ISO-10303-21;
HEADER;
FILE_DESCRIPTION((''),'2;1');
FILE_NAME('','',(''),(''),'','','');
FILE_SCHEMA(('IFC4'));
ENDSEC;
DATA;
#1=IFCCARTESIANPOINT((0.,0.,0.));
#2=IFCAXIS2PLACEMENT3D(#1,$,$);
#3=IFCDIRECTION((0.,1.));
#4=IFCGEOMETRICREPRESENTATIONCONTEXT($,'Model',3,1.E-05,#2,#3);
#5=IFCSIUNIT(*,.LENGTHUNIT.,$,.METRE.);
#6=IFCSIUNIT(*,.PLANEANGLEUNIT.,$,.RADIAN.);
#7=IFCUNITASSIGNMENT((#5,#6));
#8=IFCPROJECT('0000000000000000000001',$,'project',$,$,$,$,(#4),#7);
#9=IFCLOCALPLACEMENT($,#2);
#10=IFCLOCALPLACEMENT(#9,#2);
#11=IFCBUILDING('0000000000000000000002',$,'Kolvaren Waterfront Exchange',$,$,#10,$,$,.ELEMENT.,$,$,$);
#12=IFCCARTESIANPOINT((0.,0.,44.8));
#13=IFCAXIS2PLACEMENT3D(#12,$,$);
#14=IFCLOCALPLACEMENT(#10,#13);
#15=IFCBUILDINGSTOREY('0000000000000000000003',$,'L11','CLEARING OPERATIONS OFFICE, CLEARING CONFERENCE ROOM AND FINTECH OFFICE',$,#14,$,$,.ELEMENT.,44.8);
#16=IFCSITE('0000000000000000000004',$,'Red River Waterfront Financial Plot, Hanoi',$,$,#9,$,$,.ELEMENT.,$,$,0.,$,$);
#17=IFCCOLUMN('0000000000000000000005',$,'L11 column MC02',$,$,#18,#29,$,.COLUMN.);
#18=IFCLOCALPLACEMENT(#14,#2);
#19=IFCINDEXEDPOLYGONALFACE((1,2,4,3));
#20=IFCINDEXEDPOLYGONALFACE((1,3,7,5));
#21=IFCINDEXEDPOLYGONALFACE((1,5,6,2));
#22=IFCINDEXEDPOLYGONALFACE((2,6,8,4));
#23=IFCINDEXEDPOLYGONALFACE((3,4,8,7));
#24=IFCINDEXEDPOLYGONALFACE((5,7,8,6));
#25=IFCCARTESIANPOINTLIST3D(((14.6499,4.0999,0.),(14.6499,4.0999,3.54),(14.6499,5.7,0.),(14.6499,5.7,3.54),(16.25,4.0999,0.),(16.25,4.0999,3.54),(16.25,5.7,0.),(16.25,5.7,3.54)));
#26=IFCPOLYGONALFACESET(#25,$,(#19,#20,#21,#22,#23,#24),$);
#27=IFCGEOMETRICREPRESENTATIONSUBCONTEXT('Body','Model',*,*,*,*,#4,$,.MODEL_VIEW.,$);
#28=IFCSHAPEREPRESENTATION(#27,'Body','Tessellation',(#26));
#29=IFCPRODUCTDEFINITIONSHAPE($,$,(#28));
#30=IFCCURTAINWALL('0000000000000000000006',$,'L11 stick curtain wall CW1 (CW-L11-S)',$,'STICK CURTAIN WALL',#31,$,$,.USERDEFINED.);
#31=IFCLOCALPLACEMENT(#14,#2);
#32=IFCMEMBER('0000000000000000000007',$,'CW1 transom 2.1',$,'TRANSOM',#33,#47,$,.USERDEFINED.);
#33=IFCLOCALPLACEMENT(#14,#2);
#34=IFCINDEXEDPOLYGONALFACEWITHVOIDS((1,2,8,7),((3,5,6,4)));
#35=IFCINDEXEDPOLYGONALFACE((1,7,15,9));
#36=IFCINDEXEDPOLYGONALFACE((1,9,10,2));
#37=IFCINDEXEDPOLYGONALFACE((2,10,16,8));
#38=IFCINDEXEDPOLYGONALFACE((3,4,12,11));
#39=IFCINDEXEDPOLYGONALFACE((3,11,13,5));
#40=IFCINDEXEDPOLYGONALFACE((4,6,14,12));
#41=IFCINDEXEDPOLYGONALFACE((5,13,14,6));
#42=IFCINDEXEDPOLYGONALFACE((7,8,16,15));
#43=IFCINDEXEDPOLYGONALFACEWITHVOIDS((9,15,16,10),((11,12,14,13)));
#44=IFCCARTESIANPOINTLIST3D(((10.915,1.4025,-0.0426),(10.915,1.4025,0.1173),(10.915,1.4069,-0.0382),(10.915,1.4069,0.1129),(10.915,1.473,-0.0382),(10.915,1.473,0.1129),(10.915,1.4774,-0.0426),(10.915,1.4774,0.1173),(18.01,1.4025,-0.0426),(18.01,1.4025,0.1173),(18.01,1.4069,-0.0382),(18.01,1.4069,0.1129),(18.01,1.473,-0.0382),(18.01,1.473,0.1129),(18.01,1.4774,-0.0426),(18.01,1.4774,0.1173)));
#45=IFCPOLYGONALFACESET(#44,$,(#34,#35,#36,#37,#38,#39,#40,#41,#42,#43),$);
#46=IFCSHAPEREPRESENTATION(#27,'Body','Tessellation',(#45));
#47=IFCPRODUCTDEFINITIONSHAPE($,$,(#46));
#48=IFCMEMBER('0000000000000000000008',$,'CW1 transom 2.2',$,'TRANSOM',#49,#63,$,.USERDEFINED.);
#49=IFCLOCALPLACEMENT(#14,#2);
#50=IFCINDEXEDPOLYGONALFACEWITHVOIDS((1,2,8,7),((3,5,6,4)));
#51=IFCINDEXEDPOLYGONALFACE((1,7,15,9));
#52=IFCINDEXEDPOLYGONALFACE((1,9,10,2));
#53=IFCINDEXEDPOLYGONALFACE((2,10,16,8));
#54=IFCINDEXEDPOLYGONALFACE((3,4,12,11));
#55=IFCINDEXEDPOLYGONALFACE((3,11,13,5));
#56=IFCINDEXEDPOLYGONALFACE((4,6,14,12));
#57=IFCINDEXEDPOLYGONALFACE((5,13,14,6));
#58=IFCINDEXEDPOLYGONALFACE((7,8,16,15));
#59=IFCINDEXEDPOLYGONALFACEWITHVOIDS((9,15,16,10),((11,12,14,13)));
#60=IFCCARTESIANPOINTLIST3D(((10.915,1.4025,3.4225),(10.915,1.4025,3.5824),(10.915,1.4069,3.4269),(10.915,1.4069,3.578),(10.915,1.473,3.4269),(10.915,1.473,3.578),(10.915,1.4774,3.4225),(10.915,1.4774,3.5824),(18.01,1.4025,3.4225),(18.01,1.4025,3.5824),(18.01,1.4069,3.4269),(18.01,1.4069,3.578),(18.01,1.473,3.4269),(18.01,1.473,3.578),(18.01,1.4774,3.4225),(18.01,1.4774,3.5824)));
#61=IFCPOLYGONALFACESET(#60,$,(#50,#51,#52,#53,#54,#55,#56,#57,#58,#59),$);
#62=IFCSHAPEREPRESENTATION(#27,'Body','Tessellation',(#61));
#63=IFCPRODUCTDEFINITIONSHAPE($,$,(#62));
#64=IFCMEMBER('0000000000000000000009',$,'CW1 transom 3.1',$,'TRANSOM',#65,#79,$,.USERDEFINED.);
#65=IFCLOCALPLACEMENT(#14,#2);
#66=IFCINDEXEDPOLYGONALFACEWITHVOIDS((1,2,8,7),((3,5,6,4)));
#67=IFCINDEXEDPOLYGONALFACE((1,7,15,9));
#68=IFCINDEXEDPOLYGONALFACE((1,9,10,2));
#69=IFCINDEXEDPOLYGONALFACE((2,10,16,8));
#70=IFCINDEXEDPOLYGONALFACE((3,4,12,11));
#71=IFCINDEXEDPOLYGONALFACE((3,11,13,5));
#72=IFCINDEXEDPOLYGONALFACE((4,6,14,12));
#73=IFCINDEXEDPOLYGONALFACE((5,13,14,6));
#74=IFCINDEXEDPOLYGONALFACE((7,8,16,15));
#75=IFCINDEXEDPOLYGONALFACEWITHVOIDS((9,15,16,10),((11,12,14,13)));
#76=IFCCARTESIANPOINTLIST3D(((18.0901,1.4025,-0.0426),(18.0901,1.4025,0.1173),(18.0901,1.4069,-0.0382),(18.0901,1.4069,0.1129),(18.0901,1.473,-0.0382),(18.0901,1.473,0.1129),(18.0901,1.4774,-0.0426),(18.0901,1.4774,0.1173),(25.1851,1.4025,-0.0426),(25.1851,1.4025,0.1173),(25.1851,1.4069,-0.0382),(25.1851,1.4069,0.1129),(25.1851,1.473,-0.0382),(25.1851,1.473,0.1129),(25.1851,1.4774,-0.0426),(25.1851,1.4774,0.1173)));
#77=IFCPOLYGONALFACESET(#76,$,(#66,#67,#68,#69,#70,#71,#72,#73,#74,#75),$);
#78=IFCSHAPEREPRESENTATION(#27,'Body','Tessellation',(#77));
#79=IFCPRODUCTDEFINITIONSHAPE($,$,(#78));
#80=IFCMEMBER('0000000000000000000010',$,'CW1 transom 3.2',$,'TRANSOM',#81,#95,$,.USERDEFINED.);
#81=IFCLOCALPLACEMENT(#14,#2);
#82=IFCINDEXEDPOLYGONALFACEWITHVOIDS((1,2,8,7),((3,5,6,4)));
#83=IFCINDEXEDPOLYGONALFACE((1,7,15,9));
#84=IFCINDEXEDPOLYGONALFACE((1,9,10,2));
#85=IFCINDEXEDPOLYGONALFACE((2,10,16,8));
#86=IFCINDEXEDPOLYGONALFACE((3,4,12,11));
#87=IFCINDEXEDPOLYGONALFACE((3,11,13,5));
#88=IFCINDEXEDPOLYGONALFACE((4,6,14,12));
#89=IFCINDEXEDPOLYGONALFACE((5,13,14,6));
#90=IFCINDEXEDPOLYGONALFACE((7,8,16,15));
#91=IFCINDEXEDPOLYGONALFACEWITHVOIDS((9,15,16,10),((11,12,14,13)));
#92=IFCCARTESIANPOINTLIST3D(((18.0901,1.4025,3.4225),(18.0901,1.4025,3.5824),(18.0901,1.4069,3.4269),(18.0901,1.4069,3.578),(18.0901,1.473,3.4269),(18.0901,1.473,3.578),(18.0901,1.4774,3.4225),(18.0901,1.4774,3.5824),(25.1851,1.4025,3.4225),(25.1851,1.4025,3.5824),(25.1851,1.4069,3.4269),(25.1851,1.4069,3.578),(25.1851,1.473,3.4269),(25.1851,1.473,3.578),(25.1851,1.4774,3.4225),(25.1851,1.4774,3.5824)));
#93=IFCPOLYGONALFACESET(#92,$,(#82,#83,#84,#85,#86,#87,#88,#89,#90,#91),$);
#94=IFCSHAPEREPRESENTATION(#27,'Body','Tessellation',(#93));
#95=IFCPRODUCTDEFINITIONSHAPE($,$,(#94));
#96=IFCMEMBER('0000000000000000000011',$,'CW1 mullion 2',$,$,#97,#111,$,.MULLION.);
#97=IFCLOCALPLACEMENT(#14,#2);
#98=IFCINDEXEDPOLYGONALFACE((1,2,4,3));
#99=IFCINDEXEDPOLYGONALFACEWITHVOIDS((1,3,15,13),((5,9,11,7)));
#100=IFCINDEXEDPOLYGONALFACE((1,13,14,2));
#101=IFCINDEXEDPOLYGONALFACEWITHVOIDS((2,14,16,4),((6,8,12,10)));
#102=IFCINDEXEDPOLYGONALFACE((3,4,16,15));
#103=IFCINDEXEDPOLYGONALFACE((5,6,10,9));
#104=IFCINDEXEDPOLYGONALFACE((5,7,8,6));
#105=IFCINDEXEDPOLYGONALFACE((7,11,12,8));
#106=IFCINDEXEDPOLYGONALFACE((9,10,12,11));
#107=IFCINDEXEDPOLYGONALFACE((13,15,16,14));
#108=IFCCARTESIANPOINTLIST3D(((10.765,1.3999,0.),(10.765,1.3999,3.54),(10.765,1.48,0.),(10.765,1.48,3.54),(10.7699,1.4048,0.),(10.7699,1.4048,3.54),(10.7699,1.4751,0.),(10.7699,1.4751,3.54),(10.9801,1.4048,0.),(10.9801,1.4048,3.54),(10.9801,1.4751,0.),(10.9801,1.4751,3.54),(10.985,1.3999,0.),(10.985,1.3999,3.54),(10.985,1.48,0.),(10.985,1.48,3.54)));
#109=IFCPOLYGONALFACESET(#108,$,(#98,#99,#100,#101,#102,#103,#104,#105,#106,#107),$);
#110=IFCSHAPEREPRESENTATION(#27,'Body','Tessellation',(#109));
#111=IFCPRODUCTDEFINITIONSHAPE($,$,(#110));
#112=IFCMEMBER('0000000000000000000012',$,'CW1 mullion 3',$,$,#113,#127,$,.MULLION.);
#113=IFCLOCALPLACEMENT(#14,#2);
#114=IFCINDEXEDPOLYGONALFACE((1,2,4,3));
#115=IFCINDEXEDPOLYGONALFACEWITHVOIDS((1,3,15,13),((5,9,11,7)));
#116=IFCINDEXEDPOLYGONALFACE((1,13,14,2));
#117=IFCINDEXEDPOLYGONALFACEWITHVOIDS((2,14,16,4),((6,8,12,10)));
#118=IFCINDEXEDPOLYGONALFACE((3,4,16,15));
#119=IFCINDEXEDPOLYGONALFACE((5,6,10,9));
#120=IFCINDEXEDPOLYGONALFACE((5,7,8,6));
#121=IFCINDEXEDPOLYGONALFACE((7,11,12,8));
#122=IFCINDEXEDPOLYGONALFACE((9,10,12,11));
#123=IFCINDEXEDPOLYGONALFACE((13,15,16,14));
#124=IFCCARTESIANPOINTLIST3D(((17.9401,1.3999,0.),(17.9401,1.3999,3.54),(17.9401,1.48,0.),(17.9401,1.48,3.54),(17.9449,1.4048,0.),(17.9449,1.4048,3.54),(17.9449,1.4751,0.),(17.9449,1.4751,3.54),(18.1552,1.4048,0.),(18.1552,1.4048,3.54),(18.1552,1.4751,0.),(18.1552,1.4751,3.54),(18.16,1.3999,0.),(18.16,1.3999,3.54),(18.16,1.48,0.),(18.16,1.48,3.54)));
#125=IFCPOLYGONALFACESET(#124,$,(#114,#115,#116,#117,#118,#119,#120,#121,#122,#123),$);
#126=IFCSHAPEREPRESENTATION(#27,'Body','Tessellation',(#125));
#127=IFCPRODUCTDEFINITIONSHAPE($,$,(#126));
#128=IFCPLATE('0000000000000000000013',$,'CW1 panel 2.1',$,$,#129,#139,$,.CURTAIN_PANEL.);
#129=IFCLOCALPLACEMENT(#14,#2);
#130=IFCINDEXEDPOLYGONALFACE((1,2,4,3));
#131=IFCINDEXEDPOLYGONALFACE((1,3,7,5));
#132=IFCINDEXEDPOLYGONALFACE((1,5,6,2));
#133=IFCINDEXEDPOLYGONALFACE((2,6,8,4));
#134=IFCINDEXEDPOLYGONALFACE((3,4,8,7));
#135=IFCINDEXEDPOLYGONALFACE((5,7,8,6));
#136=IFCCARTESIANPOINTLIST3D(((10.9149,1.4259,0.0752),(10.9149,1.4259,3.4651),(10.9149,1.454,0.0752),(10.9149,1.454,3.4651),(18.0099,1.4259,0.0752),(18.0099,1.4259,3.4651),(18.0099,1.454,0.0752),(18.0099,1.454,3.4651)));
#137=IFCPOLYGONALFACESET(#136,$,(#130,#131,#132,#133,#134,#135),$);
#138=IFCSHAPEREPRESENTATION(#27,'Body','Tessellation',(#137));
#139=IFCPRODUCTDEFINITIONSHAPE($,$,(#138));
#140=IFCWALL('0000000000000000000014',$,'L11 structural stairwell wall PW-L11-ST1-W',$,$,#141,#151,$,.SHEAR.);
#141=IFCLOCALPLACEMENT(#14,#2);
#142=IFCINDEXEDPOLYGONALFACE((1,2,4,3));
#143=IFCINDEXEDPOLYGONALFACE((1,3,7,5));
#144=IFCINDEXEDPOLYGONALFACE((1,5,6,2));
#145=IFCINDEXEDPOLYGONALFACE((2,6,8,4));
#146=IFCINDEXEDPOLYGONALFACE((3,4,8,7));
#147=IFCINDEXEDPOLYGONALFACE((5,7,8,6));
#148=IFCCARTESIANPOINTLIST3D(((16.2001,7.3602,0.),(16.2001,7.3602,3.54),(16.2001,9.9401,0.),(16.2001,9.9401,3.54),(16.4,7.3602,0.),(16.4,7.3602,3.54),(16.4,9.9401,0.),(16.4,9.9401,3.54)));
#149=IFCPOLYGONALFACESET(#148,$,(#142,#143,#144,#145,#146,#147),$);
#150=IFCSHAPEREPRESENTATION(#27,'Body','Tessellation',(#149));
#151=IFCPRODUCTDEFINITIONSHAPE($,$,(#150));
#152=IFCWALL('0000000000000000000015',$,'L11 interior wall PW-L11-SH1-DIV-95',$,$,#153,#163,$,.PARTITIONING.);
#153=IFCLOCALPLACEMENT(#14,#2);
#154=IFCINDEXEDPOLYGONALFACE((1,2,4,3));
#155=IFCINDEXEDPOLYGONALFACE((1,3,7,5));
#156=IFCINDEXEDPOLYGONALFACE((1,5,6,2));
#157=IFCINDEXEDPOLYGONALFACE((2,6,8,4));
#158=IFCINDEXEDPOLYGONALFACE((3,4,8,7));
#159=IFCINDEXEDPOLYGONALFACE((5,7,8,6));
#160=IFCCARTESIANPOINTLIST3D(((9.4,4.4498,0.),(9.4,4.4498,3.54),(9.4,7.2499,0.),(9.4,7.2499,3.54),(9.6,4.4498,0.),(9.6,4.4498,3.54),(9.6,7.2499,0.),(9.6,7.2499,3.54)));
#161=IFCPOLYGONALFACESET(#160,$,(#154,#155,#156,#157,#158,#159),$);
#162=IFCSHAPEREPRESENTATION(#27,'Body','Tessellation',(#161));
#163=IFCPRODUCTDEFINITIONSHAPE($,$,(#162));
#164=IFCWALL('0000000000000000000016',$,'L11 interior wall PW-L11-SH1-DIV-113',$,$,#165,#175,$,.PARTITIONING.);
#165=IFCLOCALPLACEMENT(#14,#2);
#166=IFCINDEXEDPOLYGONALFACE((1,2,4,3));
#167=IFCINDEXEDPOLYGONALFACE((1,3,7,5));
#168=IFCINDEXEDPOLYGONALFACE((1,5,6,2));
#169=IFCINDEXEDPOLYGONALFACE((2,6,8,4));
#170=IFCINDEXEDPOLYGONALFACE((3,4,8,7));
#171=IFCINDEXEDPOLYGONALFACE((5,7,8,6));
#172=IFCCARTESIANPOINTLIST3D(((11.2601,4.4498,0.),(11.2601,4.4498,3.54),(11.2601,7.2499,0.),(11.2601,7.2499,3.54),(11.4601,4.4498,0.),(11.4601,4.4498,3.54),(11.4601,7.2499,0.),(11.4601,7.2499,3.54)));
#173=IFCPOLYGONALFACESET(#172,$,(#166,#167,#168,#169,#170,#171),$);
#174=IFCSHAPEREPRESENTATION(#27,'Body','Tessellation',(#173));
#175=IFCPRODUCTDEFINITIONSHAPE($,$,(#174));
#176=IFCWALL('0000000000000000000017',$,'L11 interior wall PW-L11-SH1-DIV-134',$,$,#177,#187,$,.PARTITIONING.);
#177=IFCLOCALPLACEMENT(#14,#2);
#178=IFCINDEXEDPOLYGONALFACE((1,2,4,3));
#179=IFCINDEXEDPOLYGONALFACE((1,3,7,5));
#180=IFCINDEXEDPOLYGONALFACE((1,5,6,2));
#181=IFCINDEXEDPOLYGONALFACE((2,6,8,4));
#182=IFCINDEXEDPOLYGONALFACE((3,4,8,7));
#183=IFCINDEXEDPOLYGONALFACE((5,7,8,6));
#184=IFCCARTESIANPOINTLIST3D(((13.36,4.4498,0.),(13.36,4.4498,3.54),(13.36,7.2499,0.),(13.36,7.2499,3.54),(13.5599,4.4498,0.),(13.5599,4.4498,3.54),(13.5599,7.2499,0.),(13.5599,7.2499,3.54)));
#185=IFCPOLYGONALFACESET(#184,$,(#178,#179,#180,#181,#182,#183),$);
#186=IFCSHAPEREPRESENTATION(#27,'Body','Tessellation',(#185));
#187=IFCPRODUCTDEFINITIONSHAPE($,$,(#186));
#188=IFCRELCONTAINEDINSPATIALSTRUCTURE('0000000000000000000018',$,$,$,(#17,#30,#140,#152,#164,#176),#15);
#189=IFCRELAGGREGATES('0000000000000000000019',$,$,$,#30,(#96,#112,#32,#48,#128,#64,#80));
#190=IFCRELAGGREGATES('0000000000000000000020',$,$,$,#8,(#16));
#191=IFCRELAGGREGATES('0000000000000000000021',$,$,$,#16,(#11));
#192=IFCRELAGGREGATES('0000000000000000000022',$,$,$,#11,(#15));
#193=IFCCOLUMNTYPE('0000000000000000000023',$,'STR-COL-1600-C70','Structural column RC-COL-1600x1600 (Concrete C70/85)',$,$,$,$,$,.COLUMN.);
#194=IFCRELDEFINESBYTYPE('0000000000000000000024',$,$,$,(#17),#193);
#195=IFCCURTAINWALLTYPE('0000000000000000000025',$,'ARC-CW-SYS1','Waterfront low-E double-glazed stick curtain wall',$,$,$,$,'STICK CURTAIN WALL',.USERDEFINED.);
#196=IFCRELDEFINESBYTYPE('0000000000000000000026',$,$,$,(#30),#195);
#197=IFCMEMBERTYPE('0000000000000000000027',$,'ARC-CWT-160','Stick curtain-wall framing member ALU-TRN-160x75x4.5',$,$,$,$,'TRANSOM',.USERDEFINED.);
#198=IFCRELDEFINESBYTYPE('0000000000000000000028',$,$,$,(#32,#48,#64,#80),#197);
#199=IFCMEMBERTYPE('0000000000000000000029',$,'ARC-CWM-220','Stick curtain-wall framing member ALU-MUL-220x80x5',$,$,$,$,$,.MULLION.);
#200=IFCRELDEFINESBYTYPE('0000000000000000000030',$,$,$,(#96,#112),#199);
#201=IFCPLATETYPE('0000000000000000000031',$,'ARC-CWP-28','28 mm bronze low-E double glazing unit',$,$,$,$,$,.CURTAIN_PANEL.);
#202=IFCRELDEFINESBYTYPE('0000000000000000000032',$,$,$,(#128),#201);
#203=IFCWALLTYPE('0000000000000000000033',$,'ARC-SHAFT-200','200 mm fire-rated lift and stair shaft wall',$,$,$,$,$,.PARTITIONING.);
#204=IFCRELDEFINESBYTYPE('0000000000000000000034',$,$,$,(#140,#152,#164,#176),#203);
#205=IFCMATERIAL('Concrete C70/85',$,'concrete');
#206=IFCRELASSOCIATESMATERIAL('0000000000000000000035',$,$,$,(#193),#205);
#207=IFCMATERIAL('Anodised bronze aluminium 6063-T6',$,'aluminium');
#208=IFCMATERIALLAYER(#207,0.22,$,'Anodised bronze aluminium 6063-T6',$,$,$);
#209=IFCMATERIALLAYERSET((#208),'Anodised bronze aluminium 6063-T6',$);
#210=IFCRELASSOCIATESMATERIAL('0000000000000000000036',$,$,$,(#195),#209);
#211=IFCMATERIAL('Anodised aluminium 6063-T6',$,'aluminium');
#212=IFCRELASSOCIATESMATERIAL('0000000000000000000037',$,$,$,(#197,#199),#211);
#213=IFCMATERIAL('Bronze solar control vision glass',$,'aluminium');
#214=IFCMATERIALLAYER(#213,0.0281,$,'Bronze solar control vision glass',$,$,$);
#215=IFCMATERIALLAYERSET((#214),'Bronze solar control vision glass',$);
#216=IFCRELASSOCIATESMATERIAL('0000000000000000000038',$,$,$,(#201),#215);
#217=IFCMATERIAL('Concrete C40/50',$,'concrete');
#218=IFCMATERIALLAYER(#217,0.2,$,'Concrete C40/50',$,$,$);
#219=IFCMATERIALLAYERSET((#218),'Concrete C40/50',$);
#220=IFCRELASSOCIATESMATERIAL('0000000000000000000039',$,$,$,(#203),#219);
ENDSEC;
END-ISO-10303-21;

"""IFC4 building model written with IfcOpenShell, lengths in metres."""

from ifc_helpers import new_model, si_unit, direction, frame, frame_2d, origin, origin_with_axes, origin_2d, place, context, subcontext, project, spatial, rectangle, hollow_rectangle, extrude, source, transform, mapped, material, layer, layer_set, material_profile, profile_set, type_object, element, aggregate, save


model = new_model("IFC4")

# Units and contexts
model_context = context("Model", 3, precision=1e-05, world=origin(), true_north=direction((0.0, 1.0)))
body_context = subcontext(model_context, "Body", "Model", "MODEL_VIEW")
ifc_project = project(units=[si_unit("LENGTHUNIT", "METRE"), si_unit("PLANEANGLEUNIT", "RADIAN")], contexts=[model_context])

# Site, building, storey
site_placement = place(None, origin())
site = spatial("IfcSite", under=ifc_project, at=site_placement, Name="Red River Waterfront Financial Plot, Hanoi", CompositionType="ELEMENT", RefElevation=0.0)
building_placement = place(site_placement, origin())
building = spatial("IfcBuilding", under=site, at=building_placement, Name="Kolvaren Waterfront Exchange", CompositionType="ELEMENT")
storey_placement = place(building_placement, frame((0.0, 0.0, 44.8)))
storey = spatial("IfcBuildingStorey", under=building, at=storey_placement, Name="L11", Description="CLEARING OPERATIONS OFFICE, CLEARING CONFERENCE ROOM AND FINTECH OFFICE", CompositionType="ELEMENT", Elevation=44.8)

# Column
ifc_material_1 = material(Name="Concrete C70/85", Category="concrete")
ifc_material_profile_1 = material_profile(ifc_material_1, rectangle(XDim=1.6001, YDim=1.6001, at=origin_2d()), Name="RC-COL-1600x1600")
ifc_profile_set_1 = profile_set([ifc_material_profile_1], Name="Concrete C70/85")
column_type = type_object("IfcColumnType", Name="STR-COL-1600-C70", Description="Structural column RC-COL-1600x1600 (Concrete C70/85)", PredefinedType="COLUMN", material=ifc_profile_set_1)
column_placement = place(storey_placement, frame((15.45, 4.8999, 0.0), z_axis=(0.0, 0.0, 1.0), x_axis=(1.0, 0.0, 0.0)))
element("IfcColumn", 1, at=column_placement, inside=storey, type_object=column_type, Name="L11 column MC02", PredefinedType="COLUMN", context=body_context, shape_type="SweptSolid", body=[
    extrude(rectangle(XDim=1.6001, YDim=1.6001, at=origin_2d()), origin(), (0.0, 0.0, 1.0), 3.54),
])

# Curtain wall, members, plate
ifc_material_2 = material(Name="Anodised bronze aluminium 6063-T6", Category="aluminium")
ifc_layer_1 = layer(ifc_material_2, 0.22, Name="Anodised bronze aluminium 6063-T6")
ifc_layer_set_1 = layer_set([ifc_layer_1], Name="Anodised bronze aluminium 6063-T6")
curtain_wall_type = type_object("IfcCurtainWallType", Name="ARC-CW-SYS1", Description="Waterfront low-E double-glazed stick curtain wall", ElementType="STICK CURTAIN WALL", PredefinedType="USERDEFINED", material=ifc_layer_set_1)
curtain_wall_placement = place(storey_placement, origin())
curtain_wall = element("IfcCurtainWall", 2, at=curtain_wall_placement, inside=storey, type_object=curtain_wall_type, Name="L11 stick curtain wall CW1 (CW-L11-S)", ObjectType="STICK CURTAIN WALL", PredefinedType="USERDEFINED")
ifc_material_3 = material(Name="Anodised aluminium 6063-T6", Category="aluminium")
ifc_material_profile_2 = material_profile(ifc_material_3, hollow_rectangle(XDim=0.075, YDim=0.1599, WallThickness=0.0044, at=origin_2d()), Name="ALU-TRN-160x75x4.5")
ifc_profile_set_2 = profile_set([ifc_material_profile_2], Name="Anodised aluminium 6063-T6")
member_type_1 = type_object("IfcMemberType", Name="ARC-CWT-160", Description="Stick curtain-wall framing member ALU-TRN-160x75x4.5", ElementType="TRANSOM", PredefinedType="USERDEFINED", material=ifc_profile_set_2)
shared_shape_1 = source(origin_with_axes(), body_context, "Body", "SweptSolid", [
    extrude(hollow_rectangle(XDim=0.075, YDim=0.1599, WallThickness=0.0044, at=origin_2d()), origin(), (0.0, 0.0, 1.0), 7.095),
])
member_1_placement = place(storey_placement, frame((10.915, 1.4399, 0.0374), z_axis=(1.0, 0.0, 0.0), x_axis=(0.0, 1.0, 0.0)))
member_1 = element("IfcMember", 3, at=member_1_placement, type_object=member_type_1, Name="CW1 transom 2.1", ObjectType="TRANSOM", PredefinedType="USERDEFINED", context=body_context, shape_type="MappedRepresentation", body=[
    mapped(shared_shape_1, transform((0.0, 0.0, 0.0), x_axis=(1.0, 0.0, 0.0), y_axis=(0.0, 1.0, 0.0), z_axis=(0.0, 0.0, 1.0), scale=1.0)),
])
member_2_placement = place(storey_placement, frame((10.915, 1.4399, 3.5024), z_axis=(1.0, 0.0, 0.0), x_axis=(0.0, 1.0, 0.0)))
member_2 = element("IfcMember", 4, at=member_2_placement, type_object=member_type_1, Name="CW1 transom 2.2", ObjectType="TRANSOM", PredefinedType="USERDEFINED", context=body_context, shape_type="MappedRepresentation", body=[
    mapped(shared_shape_1, transform((0.0, 0.0, 0.0), x_axis=(1.0, 0.0, 0.0), y_axis=(0.0, 1.0, 0.0), z_axis=(0.0, 0.0, 1.0), scale=1.0)),
])
member_3_placement = place(storey_placement, frame((18.0901, 1.4399, 0.0374), z_axis=(1.0, 0.0, 0.0), x_axis=(0.0, 1.0, 0.0)))
member_3 = element("IfcMember", 5, at=member_3_placement, type_object=member_type_1, Name="CW1 transom 3.1", ObjectType="TRANSOM", PredefinedType="USERDEFINED", context=body_context, shape_type="MappedRepresentation", body=[
    mapped(shared_shape_1, transform((0.0, 0.0, 0.0), x_axis=(1.0, 0.0, 0.0), y_axis=(0.0, 1.0, 0.0), z_axis=(0.0, 0.0, 1.0), scale=1.0)),
])
member_4_placement = place(storey_placement, frame((18.0901, 1.4399, 3.5024), z_axis=(1.0, 0.0, 0.0), x_axis=(0.0, 1.0, 0.0)))
member_4 = element("IfcMember", 6, at=member_4_placement, type_object=member_type_1, Name="CW1 transom 3.2", ObjectType="TRANSOM", PredefinedType="USERDEFINED", context=body_context, shape_type="MappedRepresentation", body=[
    mapped(shared_shape_1, transform((0.0, 0.0, 0.0), x_axis=(1.0, 0.0, 0.0), y_axis=(0.0, 1.0, 0.0), z_axis=(0.0, 0.0, 1.0), scale=1.0)),
])
ifc_material_profile_3 = material_profile(ifc_material_3, hollow_rectangle(XDim=0.0801, YDim=0.22, WallThickness=0.0049, at=origin_2d()), Name="ALU-MUL-220x80x5")
ifc_profile_set_3 = profile_set([ifc_material_profile_3], Name="Anodised aluminium 6063-T6")
member_type_2 = type_object("IfcMemberType", Name="ARC-CWM-220", Description="Stick curtain-wall framing member ALU-MUL-220x80x5", PredefinedType="MULLION", material=ifc_profile_set_3)
shared_shape_2 = source(origin_with_axes(), body_context, "Body", "SweptSolid", [
    extrude(hollow_rectangle(XDim=0.0801, YDim=0.22, WallThickness=0.0049, at=origin_2d()), origin(), (0.0, 0.0, 1.0), 3.54),
])
member_5_placement = place(storey_placement, frame((10.875, 1.4399, 0.0), z_axis=(0.0, 0.0, 1.0), x_axis=(0.0, 1.0, 0.0)))
member_5 = element("IfcMember", 7, at=member_5_placement, type_object=member_type_2, Name="CW1 mullion 2", PredefinedType="MULLION", context=body_context, shape_type="MappedRepresentation", body=[
    mapped(shared_shape_2, transform((0.0, 0.0, 0.0), x_axis=(1.0, 0.0, 0.0), y_axis=(0.0, 1.0, 0.0), z_axis=(0.0, 0.0, 1.0), scale=1.0)),
])
member_6_placement = place(storey_placement, frame((18.05, 1.4399, 0.0), z_axis=(0.0, 0.0, 1.0), x_axis=(0.0, 1.0, 0.0)))
member_6 = element("IfcMember", 8, at=member_6_placement, type_object=member_type_2, Name="CW1 mullion 3", PredefinedType="MULLION", context=body_context, shape_type="MappedRepresentation", body=[
    mapped(shared_shape_2, transform((0.0, 0.0, 0.0), x_axis=(1.0, 0.0, 0.0), y_axis=(0.0, 1.0, 0.0), z_axis=(0.0, 0.0, 1.0), scale=1.0)),
])
ifc_material_4 = material(Name="Bronze solar control vision glass", Category="aluminium")
ifc_layer_2 = layer(ifc_material_4, 0.0281, Name="Bronze solar control vision glass")
ifc_layer_set_2 = layer_set([ifc_layer_2], Name="Bronze solar control vision glass")
plate_type = type_object("IfcPlateType", Name="ARC-CWP-28", Description="28 mm bronze low-E double glazing unit", PredefinedType="CURTAIN_PANEL", material=ifc_layer_set_2)
shared_shape_3 = source(origin_with_axes(), body_context, "Body", "SweptSolid", [
    extrude(rectangle(XDim=7.095, YDim=0.0281, at=origin_2d()), origin(), (0.0, 0.0, 1.0), 3.3899),
])
plate_placement = place(storey_placement, frame((14.4624, 1.4399, 0.0752), z_axis=(0.0, 0.0, 1.0), x_axis=(1.0, 0.0, 0.0)))
plate = element("IfcPlate", 9, at=plate_placement, type_object=plate_type, Name="CW1 panel 2.1", PredefinedType="CURTAIN_PANEL", context=body_context, shape_type="MappedRepresentation", body=[
    mapped(shared_shape_3, transform((0.0, 0.0, 0.0), x_axis=(1.0, 0.0, 0.0), y_axis=(0.0, 1.0, 0.0), z_axis=(0.0, 0.0, 1.0), scale=1.0)),
])
aggregate(curtain_wall, [member_5, member_6, member_1, member_2, plate, member_3, member_4])

# Walls
ifc_material_5 = material(Name="Concrete C40/50", Category="concrete")
ifc_layer_3 = layer(ifc_material_5, 0.2, Name="Concrete C40/50")
ifc_layer_set_3 = layer_set([ifc_layer_3], Name="Concrete C40/50")
wall_type_1 = type_object("IfcWallType", Name="ARC-SHAFT-200", Description="200 mm fire-rated lift and stair shaft wall", PredefinedType="PARTITIONING", material=ifc_layer_set_3)
wall_1_placement = place(storey_placement, frame((16.3, 7.3601, 0.0), z_axis=(0.0, 0.0, 1.0), x_axis=(0.0, 1.0, 0.0)))
element("IfcWall", 10, at=wall_1_placement, inside=storey, type_object=wall_type_1, Name="L11 structural stairwell wall PW-L11-ST1-W", PredefinedType="SHEAR", context=body_context, shape_type="SweptSolid", body=[
    extrude(rectangle(XDim=2.5798, YDim=0.2, at=frame_2d((1.29, 0.0))), origin(), (0.0, 0.0, 1.0), 3.54),
])
for number, where, z_axis, x_axis, name in (
    (11, (9.5, 4.45, 0.0), (0.0, 0.0, 1.0), (0.0, 1.0, 0.0), "L11 interior wall PW-L11-SH1-DIV-95"),
    (12, (11.3601, 4.45, 0.0), (0.0, 0.0, 1.0), (0.0, 1.0, 0.0), "L11 interior wall PW-L11-SH1-DIV-113"),
    (13, (13.46, 4.45, 0.0), (0.0, 0.0, 1.0), (0.0, 1.0, 0.0), "L11 interior wall PW-L11-SH1-DIV-134"),
):
    element("IfcWall", number, at=place(storey_placement, frame(where, z_axis=z_axis, x_axis=x_axis)), inside=storey, type_object=wall_type_1, Name=name, PredefinedType="PARTITIONING", context=body_context, shape_type="SweptSolid", body=[
        extrude(rectangle(XDim=2.8, YDim=0.2, at=frame_2d((1.3999, 0.0))), origin(), (0.0, 0.0, 1.0), 3.54),
    ])

save(model, "model.ifc")
